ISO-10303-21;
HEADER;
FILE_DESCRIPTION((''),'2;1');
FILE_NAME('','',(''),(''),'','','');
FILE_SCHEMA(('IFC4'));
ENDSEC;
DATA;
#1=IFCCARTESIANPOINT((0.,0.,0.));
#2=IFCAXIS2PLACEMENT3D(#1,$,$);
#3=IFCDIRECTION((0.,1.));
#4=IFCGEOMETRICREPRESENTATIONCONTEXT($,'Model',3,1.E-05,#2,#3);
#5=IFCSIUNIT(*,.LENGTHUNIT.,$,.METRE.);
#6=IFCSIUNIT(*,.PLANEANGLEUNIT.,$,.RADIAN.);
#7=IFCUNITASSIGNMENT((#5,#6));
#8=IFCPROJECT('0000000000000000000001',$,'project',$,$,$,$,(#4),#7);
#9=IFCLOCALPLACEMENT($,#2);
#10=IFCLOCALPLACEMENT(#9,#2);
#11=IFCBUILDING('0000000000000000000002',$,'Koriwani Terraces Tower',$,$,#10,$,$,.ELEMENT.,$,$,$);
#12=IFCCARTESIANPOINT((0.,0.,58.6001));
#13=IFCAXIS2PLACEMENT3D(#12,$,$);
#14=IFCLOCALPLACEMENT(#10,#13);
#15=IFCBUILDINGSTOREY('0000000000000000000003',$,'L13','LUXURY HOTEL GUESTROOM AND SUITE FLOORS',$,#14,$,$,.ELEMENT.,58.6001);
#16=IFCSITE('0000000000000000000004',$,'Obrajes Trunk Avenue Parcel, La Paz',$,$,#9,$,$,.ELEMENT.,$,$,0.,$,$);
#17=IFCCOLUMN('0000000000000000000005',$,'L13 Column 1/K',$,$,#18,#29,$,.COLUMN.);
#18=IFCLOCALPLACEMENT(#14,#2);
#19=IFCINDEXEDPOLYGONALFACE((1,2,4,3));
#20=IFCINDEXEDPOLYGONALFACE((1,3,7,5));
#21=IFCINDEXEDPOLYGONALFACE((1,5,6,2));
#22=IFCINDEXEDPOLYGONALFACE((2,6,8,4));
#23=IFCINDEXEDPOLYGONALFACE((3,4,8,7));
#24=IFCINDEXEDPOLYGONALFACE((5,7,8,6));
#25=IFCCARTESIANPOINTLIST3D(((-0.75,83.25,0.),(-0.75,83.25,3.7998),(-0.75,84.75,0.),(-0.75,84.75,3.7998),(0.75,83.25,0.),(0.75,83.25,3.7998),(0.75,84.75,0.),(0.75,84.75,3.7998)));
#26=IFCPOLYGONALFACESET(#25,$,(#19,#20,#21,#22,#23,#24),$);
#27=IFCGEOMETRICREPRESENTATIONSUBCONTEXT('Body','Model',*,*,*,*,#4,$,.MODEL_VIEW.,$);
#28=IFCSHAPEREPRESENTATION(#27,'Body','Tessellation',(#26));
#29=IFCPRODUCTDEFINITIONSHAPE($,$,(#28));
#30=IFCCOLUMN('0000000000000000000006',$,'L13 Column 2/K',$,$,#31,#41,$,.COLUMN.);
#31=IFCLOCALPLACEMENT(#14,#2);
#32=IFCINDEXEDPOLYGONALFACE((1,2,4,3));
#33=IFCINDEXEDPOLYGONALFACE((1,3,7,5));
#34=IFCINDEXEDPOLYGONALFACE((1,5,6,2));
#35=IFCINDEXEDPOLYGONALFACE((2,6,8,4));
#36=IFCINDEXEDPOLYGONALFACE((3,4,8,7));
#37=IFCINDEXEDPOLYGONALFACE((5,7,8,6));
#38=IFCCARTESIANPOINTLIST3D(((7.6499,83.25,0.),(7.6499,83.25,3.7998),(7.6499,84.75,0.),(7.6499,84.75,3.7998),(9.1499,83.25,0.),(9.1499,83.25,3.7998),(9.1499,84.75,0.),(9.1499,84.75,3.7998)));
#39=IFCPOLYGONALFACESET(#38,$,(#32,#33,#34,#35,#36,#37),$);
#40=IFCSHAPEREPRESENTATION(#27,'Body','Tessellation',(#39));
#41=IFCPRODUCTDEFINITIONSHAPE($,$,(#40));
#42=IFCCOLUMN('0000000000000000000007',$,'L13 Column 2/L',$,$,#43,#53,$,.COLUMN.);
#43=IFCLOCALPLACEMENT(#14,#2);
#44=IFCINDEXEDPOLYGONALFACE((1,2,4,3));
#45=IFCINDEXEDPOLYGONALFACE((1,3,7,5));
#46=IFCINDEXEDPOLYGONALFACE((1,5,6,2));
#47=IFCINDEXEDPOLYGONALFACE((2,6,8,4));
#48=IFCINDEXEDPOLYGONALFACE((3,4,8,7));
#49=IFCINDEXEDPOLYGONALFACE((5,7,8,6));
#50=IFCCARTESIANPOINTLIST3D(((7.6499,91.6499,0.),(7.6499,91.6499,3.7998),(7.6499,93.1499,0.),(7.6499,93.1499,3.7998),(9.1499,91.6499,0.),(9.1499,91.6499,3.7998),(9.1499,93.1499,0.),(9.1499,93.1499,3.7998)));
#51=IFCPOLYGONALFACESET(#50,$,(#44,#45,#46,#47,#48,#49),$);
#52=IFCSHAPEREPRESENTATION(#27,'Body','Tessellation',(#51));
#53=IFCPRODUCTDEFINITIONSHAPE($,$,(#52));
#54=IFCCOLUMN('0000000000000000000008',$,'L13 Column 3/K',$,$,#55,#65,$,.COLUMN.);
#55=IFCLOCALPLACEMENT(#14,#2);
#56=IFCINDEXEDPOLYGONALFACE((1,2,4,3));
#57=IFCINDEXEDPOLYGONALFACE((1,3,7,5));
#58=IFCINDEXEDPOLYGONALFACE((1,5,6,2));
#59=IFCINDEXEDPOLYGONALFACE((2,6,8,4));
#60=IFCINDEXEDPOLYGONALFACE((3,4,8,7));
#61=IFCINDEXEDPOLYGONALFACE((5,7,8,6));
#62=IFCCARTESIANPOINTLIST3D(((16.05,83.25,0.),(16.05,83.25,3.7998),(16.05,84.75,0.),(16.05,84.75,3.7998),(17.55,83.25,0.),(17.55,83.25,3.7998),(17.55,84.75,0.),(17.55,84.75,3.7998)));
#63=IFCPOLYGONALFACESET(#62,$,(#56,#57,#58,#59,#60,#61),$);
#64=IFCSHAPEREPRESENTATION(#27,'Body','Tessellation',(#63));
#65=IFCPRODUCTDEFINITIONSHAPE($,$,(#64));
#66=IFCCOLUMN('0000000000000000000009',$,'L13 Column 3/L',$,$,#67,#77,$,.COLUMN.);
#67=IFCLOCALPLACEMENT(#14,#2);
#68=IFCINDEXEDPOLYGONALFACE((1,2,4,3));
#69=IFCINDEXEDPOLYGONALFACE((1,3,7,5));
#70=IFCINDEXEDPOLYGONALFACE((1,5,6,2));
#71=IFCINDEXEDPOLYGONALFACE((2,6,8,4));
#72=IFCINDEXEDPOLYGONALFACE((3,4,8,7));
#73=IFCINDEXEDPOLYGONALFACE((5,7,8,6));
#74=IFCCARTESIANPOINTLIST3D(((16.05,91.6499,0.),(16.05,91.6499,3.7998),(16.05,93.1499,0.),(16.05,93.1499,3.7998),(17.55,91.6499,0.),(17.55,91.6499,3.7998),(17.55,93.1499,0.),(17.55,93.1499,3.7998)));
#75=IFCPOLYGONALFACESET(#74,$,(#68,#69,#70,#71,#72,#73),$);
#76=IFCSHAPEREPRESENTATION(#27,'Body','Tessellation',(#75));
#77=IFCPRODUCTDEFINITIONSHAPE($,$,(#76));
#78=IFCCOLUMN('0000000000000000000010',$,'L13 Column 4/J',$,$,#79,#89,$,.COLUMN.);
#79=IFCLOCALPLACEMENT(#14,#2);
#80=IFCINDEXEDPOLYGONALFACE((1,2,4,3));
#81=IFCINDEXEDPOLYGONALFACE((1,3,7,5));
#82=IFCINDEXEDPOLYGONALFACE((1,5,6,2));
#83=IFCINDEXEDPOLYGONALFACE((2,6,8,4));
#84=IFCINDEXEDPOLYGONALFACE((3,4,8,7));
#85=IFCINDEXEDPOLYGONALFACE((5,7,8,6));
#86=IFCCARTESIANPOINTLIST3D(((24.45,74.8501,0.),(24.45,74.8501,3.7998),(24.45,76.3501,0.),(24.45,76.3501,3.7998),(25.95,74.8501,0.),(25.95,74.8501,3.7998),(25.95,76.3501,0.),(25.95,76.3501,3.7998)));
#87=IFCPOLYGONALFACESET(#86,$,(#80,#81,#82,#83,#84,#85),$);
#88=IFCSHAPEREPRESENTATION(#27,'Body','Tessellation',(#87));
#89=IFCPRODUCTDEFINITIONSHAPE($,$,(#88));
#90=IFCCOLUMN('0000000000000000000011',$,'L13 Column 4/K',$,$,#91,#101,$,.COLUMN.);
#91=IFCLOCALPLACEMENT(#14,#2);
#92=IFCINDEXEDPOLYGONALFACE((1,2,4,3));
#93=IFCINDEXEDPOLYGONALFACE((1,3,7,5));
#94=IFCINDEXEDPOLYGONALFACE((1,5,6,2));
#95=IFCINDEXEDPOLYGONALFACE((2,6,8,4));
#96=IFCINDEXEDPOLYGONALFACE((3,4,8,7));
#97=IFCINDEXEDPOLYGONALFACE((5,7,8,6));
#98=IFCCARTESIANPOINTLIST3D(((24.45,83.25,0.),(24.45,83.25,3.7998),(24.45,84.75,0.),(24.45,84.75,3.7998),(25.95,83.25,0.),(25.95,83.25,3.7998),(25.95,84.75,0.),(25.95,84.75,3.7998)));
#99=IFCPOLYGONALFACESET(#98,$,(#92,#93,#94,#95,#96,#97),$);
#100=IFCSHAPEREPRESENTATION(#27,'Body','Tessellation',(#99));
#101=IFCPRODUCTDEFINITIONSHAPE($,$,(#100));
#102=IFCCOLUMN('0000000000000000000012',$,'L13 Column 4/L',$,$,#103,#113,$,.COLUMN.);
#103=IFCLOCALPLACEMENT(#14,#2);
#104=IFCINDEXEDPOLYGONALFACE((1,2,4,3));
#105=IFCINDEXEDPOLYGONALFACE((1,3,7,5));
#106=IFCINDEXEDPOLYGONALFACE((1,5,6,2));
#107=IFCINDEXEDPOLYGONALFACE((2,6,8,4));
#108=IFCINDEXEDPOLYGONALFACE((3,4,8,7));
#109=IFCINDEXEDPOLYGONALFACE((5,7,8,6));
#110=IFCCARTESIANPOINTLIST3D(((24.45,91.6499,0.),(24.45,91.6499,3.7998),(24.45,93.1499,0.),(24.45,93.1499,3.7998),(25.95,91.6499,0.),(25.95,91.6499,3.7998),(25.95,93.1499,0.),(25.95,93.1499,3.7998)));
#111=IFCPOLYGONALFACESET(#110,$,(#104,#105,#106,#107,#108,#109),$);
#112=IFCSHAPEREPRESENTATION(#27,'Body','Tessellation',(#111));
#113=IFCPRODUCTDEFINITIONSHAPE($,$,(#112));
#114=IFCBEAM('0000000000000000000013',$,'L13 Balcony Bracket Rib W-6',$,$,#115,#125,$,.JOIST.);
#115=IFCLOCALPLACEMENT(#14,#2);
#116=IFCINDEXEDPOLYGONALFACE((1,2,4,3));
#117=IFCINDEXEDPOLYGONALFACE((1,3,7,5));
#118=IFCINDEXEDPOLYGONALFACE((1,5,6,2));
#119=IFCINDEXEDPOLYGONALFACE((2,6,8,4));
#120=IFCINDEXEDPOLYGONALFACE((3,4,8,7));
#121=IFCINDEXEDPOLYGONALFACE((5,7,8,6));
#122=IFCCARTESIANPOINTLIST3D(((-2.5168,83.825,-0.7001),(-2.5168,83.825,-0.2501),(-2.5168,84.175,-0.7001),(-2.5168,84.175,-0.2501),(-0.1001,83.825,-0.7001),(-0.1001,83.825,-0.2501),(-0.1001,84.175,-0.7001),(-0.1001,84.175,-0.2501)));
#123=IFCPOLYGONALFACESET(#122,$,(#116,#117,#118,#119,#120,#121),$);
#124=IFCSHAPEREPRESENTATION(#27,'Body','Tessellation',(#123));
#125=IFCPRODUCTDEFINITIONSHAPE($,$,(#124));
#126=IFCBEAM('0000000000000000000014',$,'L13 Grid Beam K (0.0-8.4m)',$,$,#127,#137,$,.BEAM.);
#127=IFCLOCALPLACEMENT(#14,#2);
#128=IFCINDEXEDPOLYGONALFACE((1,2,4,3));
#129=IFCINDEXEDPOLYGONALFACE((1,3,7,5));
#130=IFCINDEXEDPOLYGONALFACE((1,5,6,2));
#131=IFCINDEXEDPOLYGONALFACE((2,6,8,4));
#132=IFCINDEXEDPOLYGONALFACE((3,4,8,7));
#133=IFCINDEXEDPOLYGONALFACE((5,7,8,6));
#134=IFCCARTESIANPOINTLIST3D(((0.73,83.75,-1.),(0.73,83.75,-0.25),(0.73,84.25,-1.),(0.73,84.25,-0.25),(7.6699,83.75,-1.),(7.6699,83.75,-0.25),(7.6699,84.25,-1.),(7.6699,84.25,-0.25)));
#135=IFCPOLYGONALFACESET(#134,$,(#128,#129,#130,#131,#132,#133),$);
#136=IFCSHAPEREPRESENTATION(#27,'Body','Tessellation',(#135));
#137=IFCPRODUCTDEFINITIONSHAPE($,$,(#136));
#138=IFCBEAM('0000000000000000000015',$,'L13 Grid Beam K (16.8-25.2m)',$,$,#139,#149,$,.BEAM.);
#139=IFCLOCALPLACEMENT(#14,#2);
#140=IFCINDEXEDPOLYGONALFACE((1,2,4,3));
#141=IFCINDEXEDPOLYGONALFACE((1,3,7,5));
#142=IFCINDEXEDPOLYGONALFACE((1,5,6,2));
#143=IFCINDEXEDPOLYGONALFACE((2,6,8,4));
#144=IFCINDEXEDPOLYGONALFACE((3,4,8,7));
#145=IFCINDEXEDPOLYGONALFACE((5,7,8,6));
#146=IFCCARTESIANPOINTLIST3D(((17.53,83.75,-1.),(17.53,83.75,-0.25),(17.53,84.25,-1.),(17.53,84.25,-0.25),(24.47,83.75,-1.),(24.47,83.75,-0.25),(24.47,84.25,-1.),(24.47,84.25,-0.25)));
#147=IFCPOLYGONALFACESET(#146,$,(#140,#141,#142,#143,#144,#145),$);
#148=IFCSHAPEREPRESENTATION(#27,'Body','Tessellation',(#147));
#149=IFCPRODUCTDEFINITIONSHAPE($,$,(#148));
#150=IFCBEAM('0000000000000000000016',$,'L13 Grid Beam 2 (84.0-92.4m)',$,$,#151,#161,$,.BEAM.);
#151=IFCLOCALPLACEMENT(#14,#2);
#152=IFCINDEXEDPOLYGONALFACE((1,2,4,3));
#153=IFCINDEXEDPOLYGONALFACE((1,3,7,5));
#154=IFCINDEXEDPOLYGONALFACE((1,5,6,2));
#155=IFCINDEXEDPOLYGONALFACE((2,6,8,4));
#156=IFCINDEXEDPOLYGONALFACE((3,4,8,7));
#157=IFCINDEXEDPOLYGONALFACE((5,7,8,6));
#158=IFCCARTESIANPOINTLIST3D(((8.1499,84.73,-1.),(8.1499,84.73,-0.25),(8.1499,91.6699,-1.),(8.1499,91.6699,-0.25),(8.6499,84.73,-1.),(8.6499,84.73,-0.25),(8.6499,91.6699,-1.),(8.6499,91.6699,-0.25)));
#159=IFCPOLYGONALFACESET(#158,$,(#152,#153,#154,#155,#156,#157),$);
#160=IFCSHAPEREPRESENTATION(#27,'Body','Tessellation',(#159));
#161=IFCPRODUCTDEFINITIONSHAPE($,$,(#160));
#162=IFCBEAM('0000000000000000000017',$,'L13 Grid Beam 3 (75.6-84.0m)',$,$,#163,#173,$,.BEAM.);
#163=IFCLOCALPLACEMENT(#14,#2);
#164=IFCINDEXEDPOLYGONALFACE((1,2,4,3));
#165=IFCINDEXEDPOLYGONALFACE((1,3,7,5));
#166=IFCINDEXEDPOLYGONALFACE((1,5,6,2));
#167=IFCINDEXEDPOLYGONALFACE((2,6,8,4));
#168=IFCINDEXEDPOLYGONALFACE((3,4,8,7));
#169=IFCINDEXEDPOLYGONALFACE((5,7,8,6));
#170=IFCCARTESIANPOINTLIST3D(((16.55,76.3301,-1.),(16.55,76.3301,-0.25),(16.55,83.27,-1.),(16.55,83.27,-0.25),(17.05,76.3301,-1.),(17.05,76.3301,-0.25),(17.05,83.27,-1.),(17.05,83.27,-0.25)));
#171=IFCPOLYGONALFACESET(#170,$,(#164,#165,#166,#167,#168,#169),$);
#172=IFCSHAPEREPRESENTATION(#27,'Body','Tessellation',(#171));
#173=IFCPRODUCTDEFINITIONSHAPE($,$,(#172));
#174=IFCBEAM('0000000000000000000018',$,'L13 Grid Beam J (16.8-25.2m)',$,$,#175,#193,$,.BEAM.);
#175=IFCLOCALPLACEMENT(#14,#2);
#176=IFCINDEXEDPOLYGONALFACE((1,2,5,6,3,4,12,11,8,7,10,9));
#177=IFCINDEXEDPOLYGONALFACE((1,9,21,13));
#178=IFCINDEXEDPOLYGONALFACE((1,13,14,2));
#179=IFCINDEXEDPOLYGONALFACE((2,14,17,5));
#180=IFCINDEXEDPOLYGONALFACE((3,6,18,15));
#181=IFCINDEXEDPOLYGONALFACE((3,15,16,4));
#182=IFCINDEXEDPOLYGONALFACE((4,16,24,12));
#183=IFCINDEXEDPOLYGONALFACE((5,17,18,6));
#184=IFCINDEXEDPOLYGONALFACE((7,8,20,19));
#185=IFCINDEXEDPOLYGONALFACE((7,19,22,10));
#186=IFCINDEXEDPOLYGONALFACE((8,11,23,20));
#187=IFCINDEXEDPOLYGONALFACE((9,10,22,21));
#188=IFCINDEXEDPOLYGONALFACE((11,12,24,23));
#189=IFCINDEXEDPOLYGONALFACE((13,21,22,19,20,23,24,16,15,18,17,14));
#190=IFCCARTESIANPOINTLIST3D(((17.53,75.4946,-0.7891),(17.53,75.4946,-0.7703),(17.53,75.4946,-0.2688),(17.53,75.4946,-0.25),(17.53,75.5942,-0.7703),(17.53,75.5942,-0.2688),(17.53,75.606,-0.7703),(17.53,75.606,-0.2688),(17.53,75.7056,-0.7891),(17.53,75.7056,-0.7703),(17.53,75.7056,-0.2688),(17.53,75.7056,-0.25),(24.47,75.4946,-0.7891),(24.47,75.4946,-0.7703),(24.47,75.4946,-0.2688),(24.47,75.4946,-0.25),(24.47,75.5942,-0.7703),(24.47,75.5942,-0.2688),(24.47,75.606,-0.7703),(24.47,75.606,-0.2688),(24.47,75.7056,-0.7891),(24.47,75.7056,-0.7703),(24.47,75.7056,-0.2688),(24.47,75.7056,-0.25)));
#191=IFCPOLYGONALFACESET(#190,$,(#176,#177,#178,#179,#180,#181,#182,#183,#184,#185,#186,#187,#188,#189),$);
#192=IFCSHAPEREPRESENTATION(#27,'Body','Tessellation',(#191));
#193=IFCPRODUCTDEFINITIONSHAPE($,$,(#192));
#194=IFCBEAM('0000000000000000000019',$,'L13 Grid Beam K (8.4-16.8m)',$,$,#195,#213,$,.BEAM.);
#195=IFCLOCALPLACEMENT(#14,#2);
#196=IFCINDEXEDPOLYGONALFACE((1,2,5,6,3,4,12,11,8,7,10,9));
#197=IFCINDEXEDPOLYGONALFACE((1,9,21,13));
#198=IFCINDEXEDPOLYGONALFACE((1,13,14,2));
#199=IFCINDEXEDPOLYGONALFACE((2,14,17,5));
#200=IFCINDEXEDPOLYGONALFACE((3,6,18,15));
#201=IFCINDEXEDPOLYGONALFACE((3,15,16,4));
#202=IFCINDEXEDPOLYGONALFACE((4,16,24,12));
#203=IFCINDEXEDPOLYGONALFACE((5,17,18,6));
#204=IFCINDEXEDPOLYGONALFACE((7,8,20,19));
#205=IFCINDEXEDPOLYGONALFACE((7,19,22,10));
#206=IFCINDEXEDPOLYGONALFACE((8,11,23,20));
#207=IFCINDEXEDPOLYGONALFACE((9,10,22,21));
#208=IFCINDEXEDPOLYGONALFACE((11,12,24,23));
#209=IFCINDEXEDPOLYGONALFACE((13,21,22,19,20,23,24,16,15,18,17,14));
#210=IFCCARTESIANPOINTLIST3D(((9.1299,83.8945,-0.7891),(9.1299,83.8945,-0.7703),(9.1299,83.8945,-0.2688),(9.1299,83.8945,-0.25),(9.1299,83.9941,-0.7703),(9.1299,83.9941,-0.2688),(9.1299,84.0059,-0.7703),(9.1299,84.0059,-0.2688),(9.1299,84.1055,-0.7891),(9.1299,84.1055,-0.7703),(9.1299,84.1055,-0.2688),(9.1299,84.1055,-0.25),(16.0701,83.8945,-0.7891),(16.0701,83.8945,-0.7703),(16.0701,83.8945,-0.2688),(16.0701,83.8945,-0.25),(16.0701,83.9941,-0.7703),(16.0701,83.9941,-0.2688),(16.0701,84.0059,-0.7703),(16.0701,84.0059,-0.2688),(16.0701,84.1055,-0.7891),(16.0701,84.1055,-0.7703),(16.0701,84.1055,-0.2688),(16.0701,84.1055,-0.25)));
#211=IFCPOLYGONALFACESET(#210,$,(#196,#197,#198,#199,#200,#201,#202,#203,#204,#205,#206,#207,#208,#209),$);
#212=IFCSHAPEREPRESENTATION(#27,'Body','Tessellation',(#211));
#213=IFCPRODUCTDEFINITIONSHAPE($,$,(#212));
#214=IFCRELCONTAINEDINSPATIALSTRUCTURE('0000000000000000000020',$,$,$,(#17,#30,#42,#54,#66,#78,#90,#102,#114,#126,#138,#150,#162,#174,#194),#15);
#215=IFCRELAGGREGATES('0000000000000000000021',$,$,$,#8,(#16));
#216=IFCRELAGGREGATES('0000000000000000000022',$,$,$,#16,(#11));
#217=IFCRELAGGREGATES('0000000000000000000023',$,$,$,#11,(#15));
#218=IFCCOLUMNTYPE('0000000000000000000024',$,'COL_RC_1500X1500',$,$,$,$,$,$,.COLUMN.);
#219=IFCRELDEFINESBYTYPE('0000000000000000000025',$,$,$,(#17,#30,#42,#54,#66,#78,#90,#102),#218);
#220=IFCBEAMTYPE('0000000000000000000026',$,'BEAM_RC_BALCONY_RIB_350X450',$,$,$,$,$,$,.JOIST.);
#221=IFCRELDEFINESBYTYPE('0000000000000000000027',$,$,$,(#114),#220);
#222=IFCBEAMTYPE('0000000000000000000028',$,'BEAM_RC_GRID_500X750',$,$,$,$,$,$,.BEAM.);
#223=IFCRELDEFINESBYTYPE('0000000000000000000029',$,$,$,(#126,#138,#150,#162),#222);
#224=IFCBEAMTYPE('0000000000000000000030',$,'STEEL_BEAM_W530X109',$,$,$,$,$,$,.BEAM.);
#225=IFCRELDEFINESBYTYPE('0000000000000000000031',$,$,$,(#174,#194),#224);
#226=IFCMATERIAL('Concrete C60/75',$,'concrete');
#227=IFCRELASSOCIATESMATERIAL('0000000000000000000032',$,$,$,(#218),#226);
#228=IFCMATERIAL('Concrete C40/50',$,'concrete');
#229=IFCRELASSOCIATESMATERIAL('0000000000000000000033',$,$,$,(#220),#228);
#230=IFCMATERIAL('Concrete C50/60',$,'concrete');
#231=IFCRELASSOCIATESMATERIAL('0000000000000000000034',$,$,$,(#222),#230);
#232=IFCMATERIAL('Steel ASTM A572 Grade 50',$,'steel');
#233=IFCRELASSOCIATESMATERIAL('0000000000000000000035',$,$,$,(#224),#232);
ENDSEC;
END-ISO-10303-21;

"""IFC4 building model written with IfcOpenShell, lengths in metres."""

from ifc_helpers import new_model, si_unit, direction, frame, origin, origin_2d, place, context, subcontext, project, spatial, rectangle, i_section, extrude, material, material_profile, profile_set, type_object, element, save


model = new_model("IFC4")

# Units and contexts
model_context = context("Model", 3, precision=1e-05, world=origin(), true_north=direction((0.0, 1.0)))
body_context = subcontext(model_context, "Body", "Model", "MODEL_VIEW")
ifc_project = project(units=[si_unit("LENGTHUNIT", "METRE"), si_unit("PLANEANGLEUNIT", "RADIAN")], contexts=[model_context])

# Site, building, storey
site_placement = place(None, origin())
site = spatial("IfcSite", under=ifc_project, at=site_placement, Name="Obrajes Trunk Avenue Parcel, La Paz", CompositionType="ELEMENT", RefElevation=0.0)
building_placement = place(site_placement, origin())
building = spatial("IfcBuilding", under=site, at=building_placement, Name="Koriwani Terraces Tower", CompositionType="ELEMENT")
storey_placement = place(building_placement, frame((0.0, 0.0, 58.6001)))
storey = spatial("IfcBuildingStorey", under=building, at=storey_placement, Name="L13", Description="LUXURY HOTEL GUESTROOM AND SUITE FLOORS", CompositionType="ELEMENT", Elevation=58.6001)

# Columns
ifc_material_1 = material(Name="Concrete C60/75", Category="concrete")
ifc_material_profile_1 = material_profile(ifc_material_1, rectangle(XDim=1.5, YDim=1.5, at=origin_2d()), Name="Concrete C60/75", Category="LoadBearing")
ifc_profile_set_1 = profile_set([ifc_material_profile_1], Name="Concrete C60/75")
column_type = type_object("IfcColumnType", Name="COL_RC_1500X1500", PredefinedType="COLUMN", material=ifc_profile_set_1)
for number, where, z_axis, x_axis, name in (
    (1, (0.0, 84.0, 0.0), (0.0, 0.0, 1.0), (1.0, 0.0, 0.0), "L13 Column 1/K"),
    (2, (8.3999, 84.0, 0.0), (0.0, 0.0, 1.0), (1.0, 0.0, 0.0), "L13 Column 2/K"),
    (3, (8.3999, 92.3999, 0.0), (0.0, 0.0, 1.0), (1.0, 0.0, 0.0), "L13 Column 2/L"),
    (4, (16.8, 84.0, 0.0), (0.0, 0.0, 1.0), (1.0, 0.0, 0.0), "L13 Column 3/K"),
    (5, (16.8, 92.3999, 0.0), (0.0, 0.0, 1.0), (1.0, 0.0, 0.0), "L13 Column 3/L"),
    (6, (25.2, 75.6001, 0.0), (0.0, 0.0, 1.0), (1.0, 0.0, 0.0), "L13 Column 4/J"),
    (7, (25.2, 84.0, 0.0), (0.0, 0.0, 1.0), (1.0, 0.0, 0.0), "L13 Column 4/K"),
    (8, (25.2, 92.3999, 0.0), (0.0, 0.0, 1.0), (1.0, 0.0, 0.0), "L13 Column 4/L"),
):
    element("IfcColumn", number, at=place(storey_placement, frame(where, z_axis=z_axis, x_axis=x_axis)), inside=storey, type_object=column_type, Name=name, PredefinedType="COLUMN", context=body_context, shape_type="SweptSolid", body=[
        extrude(rectangle(XDim=1.5, YDim=1.5, at=origin_2d()), origin(), (0.0, 0.0, 1.0), 3.7998),
    ])

# Beams
ifc_material_2 = material(Name="Concrete C40/50", Category="concrete")
ifc_material_profile_2 = material_profile(ifc_material_2, rectangle(XDim=0.3501, YDim=0.45, at=origin_2d()), Name="Concrete C40/50", Category="LoadBearing")
ifc_profile_set_2 = profile_set([ifc_material_profile_2], Name="Concrete C40/50")
beam_type_1 = type_object("IfcBeamType", Name="BEAM_RC_BALCONY_RIB_350X450", PredefinedType="JOIST", material=ifc_profile_set_2)
beam_1_placement = place(storey_placement, frame((-2.5168, 84.0, -0.4751), z_axis=(1.0, 0.0, 0.0), x_axis=(0.0, 1.0, 0.0)))
element("IfcBeam", 9, at=beam_1_placement, inside=storey, type_object=beam_type_1, Name="L13 Balcony Bracket Rib W-6", PredefinedType="JOIST", context=body_context, shape_type="SweptSolid", body=[
    extrude(rectangle(XDim=0.3501, YDim=0.45, at=origin_2d()), origin(), (0.0, 0.0, 1.0), 2.4167),
])
ifc_material_3 = material(Name="Concrete C50/60", Category="concrete")
ifc_material_profile_3 = material_profile(ifc_material_3, rectangle(XDim=0.5, YDim=0.75, at=origin_2d()), Name="Concrete C50/60", Category="LoadBearing")
ifc_profile_set_3 = profile_set([ifc_material_profile_3], Name="Concrete C50/60")
beam_type_2 = type_object("IfcBeamType", Name="BEAM_RC_GRID_500X750", PredefinedType="BEAM", material=ifc_profile_set_3)
for number, where, z_axis, x_axis, name in (
    (10, (0.73, 84.0, -0.625), (1.0, 0.0, 0.0), (0.0, 1.0, 0.0), "L13 Grid Beam K (0.0-8.4m)"),
    (11, (17.53, 84.0, -0.625), (1.0, 0.0, 0.0), (0.0, 1.0, 0.0), "L13 Grid Beam K (16.8-25.2m)"),
    (12, (8.3999, 84.73, -0.625), (0.0, 1.0, 0.0), (-1.0, 0.0, 0.0), "L13 Grid Beam 2 (84.0-92.4m)"),
    (13, (16.8, 76.3301, -0.625), (0.0, 1.0, 0.0), (-1.0, 0.0, 0.0), "L13 Grid Beam 3 (75.6-84.0m)"),
):
    element("IfcBeam", number, at=place(storey_placement, frame(where, z_axis=z_axis, x_axis=x_axis)), inside=storey, type_object=beam_type_2, Name=name, PredefinedType="BEAM", context=body_context, shape_type="SweptSolid", body=[
        extrude(rectangle(XDim=0.5, YDim=0.75, at=origin_2d()), origin(), (0.0, 0.0, 1.0), 6.9399),
    ])
ifc_material_4 = material(Name="Steel ASTM A572 Grade 50", Category="steel")
ifc_material_profile_4 = material_profile(ifc_material_4, i_section(OverallWidth=0.2109, OverallDepth=0.5391, WebThickness=0.0117, FlangeThickness=0.0188, at=origin_2d()), Name="Steel ASTM A572 Grade 50", Category="LoadBearing")
ifc_profile_set_4 = profile_set([ifc_material_profile_4], Name="Steel ASTM A572 Grade 50")
beam_type_3 = type_object("IfcBeamType", Name="STEEL_BEAM_W530X109", PredefinedType="BEAM", material=ifc_profile_set_4)
beam_2_placement = place(storey_placement, frame((17.53, 75.6001, -0.5195), z_axis=(1.0, 0.0, 0.0), x_axis=(0.0, 1.0, 0.0)))
element("IfcBeam", 14, at=beam_2_placement, inside=storey, type_object=beam_type_3, Name="L13 Grid Beam J (16.8-25.2m)", PredefinedType="BEAM", context=body_context, shape_type="SweptSolid", body=[
    extrude(i_section(OverallWidth=0.2109, OverallDepth=0.5391, WebThickness=0.0117, FlangeThickness=0.0188, at=origin_2d()), origin(), (0.0, 0.0, 1.0), 6.9399),
])
beam_3_placement = place(storey_placement, frame((9.1299, 84.0, -0.5195), z_axis=(1.0, 0.0, 0.0), x_axis=(0.0, 1.0, 0.0)))
element("IfcBeam", 15, at=beam_3_placement, inside=storey, type_object=beam_type_3, Name="L13 Grid Beam K (8.4-16.8m)", PredefinedType="BEAM", context=body_context, shape_type="SweptSolid", body=[
    extrude(i_section(OverallWidth=0.2109, OverallDepth=0.5391, WebThickness=0.0117, FlangeThickness=0.0188, at=origin_2d()), origin(), (0.0, 0.0, 1.0), 6.9402),
])

save(model, "model.ifc")
